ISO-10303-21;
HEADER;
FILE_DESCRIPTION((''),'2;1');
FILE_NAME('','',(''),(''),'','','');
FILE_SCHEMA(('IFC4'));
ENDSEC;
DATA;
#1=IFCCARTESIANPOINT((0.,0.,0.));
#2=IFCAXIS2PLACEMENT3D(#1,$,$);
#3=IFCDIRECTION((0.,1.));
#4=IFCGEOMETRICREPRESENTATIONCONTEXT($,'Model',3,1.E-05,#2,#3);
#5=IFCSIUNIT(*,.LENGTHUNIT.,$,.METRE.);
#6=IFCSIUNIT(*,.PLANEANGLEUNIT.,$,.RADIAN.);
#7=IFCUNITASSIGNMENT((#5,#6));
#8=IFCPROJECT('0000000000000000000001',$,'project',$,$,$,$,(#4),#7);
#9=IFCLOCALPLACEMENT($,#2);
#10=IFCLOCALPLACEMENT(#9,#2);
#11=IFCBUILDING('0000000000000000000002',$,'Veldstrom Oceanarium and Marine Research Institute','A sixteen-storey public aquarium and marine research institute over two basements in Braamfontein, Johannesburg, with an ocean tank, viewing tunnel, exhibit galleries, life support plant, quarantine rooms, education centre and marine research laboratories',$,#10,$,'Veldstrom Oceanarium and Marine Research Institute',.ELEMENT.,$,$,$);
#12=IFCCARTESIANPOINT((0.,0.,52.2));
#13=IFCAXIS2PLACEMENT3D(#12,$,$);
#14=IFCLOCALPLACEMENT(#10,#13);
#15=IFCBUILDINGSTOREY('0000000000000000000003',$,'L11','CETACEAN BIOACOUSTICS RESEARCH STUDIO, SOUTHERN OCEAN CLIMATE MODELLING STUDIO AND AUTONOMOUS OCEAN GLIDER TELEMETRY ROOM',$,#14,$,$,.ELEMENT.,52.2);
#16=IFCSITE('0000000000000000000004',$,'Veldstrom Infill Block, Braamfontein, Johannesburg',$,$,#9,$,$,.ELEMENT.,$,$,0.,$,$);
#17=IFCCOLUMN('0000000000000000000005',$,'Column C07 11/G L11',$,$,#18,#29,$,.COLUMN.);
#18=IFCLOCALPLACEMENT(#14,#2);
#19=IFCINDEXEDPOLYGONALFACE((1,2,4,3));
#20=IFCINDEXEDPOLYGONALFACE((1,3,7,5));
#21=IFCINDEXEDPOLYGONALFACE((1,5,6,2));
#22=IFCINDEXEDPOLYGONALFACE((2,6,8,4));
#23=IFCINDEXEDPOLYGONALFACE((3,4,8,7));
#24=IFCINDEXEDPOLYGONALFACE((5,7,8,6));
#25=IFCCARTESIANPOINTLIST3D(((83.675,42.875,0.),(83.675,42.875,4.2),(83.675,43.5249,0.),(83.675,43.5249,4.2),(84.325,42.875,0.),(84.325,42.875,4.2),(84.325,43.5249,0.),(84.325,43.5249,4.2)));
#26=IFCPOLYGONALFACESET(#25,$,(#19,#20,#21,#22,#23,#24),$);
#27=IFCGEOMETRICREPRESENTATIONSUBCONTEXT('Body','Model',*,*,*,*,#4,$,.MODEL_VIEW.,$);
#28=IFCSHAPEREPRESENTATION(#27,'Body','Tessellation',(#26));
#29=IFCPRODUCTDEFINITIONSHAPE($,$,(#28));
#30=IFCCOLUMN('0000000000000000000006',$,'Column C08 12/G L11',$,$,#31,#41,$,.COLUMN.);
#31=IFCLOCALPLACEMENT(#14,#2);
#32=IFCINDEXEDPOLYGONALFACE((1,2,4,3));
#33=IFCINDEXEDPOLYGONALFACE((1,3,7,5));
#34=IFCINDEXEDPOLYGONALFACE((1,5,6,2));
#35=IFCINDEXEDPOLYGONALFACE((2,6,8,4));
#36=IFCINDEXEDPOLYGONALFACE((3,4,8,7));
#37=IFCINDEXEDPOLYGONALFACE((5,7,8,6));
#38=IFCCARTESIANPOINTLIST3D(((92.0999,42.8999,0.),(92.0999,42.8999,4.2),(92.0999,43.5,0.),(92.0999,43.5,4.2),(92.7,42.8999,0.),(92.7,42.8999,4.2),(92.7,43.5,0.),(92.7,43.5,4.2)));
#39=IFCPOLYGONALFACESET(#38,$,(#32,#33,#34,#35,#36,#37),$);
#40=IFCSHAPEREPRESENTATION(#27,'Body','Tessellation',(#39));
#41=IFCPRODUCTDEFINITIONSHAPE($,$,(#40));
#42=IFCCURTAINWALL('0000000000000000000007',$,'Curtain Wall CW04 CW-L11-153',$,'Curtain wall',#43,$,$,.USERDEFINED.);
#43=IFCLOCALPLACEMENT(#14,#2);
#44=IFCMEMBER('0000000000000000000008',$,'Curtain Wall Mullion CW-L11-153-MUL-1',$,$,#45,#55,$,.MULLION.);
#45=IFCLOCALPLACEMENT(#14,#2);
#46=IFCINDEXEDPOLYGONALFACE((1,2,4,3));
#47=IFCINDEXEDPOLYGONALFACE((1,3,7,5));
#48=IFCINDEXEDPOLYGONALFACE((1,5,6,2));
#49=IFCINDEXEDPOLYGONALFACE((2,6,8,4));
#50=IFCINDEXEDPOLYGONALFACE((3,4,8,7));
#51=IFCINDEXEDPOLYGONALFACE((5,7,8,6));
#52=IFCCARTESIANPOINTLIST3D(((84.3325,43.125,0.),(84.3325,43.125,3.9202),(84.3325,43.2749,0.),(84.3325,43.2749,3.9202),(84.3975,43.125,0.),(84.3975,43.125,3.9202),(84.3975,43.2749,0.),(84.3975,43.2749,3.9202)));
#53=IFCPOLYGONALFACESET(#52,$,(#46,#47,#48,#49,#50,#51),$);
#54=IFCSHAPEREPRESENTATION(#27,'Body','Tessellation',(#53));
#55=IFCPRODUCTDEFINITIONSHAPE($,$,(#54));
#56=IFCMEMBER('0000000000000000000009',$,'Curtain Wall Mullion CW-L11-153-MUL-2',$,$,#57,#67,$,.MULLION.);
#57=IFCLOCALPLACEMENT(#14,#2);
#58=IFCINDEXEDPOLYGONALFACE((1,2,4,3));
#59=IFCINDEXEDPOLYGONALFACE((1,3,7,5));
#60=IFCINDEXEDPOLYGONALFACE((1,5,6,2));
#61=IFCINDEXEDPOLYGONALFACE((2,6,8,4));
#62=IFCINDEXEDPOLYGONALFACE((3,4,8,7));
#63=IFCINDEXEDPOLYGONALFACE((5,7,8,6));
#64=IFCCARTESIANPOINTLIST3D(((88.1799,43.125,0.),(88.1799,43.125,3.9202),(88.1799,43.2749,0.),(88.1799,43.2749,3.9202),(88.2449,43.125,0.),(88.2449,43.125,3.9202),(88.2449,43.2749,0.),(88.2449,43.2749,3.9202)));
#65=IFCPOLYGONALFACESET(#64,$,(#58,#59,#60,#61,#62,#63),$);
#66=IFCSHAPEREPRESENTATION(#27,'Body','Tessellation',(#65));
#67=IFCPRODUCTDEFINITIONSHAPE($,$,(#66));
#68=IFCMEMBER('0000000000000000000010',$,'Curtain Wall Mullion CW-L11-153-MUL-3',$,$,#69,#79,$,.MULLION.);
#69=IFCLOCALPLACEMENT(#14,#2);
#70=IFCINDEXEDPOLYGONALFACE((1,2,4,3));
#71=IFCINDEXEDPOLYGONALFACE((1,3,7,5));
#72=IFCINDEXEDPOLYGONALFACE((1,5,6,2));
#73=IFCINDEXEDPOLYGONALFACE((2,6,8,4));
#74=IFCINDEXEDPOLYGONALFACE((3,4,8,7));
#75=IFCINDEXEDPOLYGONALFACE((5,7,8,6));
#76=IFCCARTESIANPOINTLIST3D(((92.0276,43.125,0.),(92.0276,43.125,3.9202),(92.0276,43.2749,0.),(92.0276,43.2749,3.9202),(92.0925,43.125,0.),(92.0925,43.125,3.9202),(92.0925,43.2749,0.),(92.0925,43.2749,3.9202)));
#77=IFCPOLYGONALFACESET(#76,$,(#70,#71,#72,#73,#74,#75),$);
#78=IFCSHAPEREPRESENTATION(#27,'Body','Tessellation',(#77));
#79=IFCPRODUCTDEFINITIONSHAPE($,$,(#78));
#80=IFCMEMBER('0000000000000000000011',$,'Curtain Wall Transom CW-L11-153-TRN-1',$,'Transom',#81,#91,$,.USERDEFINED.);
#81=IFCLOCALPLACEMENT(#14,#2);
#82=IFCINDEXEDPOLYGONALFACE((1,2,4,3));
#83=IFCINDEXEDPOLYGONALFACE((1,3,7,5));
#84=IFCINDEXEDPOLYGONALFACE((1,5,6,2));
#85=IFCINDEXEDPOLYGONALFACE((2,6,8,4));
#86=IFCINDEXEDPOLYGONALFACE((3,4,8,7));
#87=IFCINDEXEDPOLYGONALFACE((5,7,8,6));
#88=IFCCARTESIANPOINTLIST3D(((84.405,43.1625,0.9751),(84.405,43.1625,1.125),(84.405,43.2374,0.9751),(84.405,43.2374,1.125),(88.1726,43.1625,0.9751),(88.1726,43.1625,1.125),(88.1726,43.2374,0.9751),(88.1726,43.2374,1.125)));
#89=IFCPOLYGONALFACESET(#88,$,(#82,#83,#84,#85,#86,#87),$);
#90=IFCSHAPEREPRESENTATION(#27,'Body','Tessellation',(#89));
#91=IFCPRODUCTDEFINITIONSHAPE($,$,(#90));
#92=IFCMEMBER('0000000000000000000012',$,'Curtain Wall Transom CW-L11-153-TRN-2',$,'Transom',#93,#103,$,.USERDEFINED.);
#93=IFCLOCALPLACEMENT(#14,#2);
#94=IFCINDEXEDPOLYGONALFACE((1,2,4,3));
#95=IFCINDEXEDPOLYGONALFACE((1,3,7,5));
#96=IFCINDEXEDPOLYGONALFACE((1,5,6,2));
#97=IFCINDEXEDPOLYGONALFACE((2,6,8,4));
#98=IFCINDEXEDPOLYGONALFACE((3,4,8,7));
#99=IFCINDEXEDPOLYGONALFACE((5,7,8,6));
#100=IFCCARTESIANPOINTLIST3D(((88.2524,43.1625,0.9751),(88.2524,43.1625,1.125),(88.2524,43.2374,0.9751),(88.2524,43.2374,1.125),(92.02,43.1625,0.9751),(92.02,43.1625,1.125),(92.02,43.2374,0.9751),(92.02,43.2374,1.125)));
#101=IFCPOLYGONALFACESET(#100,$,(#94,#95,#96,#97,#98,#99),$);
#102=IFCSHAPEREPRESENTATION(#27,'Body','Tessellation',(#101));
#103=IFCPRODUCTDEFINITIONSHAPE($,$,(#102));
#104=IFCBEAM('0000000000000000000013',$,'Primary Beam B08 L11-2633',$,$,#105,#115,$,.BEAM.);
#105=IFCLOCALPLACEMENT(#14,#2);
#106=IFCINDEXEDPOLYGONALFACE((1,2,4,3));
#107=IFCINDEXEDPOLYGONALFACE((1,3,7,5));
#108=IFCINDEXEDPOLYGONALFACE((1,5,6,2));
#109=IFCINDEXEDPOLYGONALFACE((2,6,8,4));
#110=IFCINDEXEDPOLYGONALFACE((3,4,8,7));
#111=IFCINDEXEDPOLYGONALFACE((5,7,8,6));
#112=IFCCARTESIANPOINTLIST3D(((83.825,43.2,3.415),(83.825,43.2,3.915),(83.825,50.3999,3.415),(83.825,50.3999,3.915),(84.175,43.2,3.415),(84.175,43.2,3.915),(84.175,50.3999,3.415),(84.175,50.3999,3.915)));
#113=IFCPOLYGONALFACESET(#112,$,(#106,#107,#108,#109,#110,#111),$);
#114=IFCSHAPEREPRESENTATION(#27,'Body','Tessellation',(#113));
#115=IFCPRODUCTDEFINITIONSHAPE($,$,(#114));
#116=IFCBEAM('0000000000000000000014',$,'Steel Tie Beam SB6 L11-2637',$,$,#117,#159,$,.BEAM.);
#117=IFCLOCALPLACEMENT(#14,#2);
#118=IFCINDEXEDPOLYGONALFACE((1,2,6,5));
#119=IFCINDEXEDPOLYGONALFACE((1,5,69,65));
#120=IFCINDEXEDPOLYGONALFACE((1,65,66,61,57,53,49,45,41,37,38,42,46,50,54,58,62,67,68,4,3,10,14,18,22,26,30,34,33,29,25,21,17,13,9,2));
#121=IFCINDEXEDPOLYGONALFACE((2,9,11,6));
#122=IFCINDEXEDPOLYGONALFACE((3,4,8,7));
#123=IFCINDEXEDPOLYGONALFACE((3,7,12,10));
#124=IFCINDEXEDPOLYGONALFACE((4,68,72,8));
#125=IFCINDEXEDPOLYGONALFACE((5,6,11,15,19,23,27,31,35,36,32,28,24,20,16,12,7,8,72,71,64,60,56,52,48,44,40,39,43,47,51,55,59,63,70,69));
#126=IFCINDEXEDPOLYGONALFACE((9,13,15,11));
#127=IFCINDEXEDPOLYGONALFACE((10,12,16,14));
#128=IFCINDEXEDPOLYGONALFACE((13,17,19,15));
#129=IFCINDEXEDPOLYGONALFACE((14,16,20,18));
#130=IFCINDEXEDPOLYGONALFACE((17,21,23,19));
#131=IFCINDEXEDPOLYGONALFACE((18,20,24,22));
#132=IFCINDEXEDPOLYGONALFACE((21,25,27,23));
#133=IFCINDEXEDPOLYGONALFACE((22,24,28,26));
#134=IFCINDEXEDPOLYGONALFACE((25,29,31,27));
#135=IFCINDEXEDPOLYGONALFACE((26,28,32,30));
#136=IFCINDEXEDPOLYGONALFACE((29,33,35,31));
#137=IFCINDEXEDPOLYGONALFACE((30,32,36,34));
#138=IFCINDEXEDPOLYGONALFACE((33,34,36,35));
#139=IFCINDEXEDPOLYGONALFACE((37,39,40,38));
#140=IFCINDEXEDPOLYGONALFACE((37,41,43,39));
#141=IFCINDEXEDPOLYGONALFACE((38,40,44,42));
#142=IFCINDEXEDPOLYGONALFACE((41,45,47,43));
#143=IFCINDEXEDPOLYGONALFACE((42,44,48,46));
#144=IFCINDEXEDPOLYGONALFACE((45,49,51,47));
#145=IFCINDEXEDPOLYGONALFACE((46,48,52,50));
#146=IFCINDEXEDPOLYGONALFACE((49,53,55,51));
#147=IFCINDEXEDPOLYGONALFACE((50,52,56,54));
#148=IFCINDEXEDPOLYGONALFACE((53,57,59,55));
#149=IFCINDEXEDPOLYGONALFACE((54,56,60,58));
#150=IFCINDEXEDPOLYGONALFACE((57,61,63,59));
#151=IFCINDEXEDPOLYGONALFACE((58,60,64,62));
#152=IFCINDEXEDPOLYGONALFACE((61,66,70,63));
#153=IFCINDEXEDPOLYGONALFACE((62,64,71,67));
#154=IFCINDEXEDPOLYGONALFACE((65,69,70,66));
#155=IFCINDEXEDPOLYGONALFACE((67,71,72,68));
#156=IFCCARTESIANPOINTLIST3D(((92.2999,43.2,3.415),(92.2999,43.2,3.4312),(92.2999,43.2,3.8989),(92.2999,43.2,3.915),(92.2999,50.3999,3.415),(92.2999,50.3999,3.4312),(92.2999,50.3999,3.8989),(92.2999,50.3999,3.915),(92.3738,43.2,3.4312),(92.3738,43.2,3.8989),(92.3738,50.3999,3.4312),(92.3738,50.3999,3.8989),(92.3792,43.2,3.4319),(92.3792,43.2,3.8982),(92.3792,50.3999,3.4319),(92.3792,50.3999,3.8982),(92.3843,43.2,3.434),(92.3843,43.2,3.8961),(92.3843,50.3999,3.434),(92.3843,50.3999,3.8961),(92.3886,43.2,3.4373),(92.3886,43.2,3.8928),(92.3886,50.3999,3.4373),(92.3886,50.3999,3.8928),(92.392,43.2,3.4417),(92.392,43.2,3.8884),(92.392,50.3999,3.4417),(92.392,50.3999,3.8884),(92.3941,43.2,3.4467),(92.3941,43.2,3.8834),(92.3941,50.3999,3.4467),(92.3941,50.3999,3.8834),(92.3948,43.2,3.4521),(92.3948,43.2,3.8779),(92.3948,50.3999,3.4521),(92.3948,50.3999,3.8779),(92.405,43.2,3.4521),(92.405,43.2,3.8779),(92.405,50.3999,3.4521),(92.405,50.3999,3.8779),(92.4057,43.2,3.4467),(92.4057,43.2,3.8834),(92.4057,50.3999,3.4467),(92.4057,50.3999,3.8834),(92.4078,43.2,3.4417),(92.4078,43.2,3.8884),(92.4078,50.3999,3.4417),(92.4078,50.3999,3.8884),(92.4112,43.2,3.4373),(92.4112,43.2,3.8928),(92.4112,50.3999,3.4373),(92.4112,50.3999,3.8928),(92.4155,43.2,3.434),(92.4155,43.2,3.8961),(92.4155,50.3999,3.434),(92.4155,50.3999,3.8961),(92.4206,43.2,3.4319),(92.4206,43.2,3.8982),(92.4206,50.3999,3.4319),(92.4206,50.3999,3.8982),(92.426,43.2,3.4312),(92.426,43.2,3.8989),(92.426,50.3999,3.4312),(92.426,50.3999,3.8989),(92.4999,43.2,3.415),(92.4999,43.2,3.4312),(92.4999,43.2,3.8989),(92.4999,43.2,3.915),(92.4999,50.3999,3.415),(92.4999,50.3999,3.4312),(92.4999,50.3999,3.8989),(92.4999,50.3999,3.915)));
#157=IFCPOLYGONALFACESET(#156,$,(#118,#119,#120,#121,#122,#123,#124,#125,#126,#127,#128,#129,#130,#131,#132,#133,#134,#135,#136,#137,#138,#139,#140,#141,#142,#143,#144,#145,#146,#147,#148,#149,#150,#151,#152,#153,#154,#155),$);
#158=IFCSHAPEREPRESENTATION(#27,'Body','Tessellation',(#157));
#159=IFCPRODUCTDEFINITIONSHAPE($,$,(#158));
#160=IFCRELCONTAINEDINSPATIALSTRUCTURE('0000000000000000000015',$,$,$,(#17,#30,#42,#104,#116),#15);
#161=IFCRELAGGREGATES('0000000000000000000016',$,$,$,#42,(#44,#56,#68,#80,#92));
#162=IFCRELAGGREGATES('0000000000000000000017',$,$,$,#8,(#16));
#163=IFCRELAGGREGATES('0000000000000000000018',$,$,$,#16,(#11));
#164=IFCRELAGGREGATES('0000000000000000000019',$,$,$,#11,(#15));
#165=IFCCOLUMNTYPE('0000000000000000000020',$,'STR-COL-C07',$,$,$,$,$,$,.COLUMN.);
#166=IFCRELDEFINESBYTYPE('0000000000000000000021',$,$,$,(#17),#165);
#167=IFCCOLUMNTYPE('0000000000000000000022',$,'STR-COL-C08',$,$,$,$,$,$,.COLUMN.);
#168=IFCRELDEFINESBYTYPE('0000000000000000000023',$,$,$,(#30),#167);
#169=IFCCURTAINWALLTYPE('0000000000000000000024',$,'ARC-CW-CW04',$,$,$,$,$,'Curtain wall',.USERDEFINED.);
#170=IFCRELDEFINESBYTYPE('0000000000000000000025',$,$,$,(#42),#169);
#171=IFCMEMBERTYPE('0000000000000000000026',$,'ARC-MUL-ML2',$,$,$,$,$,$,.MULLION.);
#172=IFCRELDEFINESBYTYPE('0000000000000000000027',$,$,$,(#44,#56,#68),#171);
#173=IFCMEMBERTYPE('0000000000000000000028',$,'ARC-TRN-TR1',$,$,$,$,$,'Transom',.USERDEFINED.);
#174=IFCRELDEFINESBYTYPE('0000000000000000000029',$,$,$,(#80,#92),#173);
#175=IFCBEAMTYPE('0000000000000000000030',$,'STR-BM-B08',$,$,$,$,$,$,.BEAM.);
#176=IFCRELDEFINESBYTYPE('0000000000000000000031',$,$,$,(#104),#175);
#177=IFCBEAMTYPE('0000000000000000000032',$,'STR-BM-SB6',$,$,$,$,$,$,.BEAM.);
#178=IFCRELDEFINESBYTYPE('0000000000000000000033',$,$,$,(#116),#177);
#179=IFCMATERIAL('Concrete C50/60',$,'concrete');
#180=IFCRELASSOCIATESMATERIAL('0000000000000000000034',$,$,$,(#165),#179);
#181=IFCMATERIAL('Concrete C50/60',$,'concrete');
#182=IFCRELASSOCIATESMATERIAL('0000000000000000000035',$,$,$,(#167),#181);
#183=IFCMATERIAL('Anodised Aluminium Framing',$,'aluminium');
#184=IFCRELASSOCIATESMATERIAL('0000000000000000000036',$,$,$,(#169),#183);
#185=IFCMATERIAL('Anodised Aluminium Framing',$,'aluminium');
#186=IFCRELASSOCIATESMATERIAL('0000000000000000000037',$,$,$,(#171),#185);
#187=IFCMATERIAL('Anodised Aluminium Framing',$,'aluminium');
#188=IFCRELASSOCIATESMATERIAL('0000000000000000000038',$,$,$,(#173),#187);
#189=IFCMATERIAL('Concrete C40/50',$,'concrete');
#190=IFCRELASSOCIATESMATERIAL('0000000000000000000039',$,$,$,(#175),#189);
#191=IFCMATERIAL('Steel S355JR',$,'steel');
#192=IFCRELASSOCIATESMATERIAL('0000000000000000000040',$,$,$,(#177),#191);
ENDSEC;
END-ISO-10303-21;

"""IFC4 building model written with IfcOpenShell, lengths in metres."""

from ifc_helpers import new_model, si_unit, direction, frame, origin, origin_2d, place, context, subcontext, project, spatial, rectangle, i_section, extrude, material, material_profile, profile_set, type_object, element, aggregate, save


model = new_model("IFC4")

# Units and contexts
model_context = context("Model", 3, precision=1e-05, world=origin(), true_north=direction((0.0, 1.0)))
body_context = subcontext(model_context, "Body", "Model", "MODEL_VIEW")
ifc_project = project(units=[si_unit("LENGTHUNIT", "METRE"), si_unit("PLANEANGLEUNIT", "RADIAN")], contexts=[model_context])

# Site, building, storey
site_placement = place(None, origin())
site = spatial("IfcSite", under=ifc_project, at=site_placement, Name="Veldstrom Infill Block, Braamfontein, Johannesburg", CompositionType="ELEMENT", RefElevation=0.0)
building_placement = place(site_placement, origin())
building = spatial("IfcBuilding", under=site, at=building_placement, Name="Veldstrom Oceanarium and Marine Research Institute", Description="A sixteen-storey public aquarium and marine research institute over two basements in Braamfontein, Johannesburg, with an ocean tank, viewing tunnel, exhibit galleries, life support plant, quarantine rooms, education centre and marine research laboratories", LongName="Veldstrom Oceanarium and Marine Research Institute", CompositionType="ELEMENT")
storey_placement = place(building_placement, frame((0.0, 0.0, 52.2)))
storey = spatial("IfcBuildingStorey", under=building, at=storey_placement, Name="L11", Description="CETACEAN BIOACOUSTICS RESEARCH STUDIO, SOUTHERN OCEAN CLIMATE MODELLING STUDIO AND AUTONOMOUS OCEAN GLIDER TELEMETRY ROOM", CompositionType="ELEMENT", Elevation=52.2)

# Columns
ifc_material_1 = material(Name="Concrete C50/60", Category="concrete")
ifc_material_profile_1 = material_profile(ifc_material_1, rectangle(XDim=0.6499, YDim=0.6499, at=origin_2d()), Name="RC-COL-650x650")
ifc_profile_set_1 = profile_set([ifc_material_profile_1], Name="Concrete C50/60")
column_type_1 = type_object("IfcColumnType", Name="STR-COL-C07", PredefinedType="COLUMN", material=ifc_profile_set_1)
column_1_placement = place(storey_placement, frame((84.0, 43.2, 0.0), z_axis=(0.0, 0.0, 1.0), x_axis=(1.0, 0.0, 0.0)))
element("IfcColumn", 1, at=column_1_placement, inside=storey, type_object=column_type_1, Name="Column C07 11/G L11", PredefinedType="COLUMN", context=body_context, shape_type="SweptSolid", body=[
    extrude(rectangle(XDim=0.6499, YDim=0.6499, at=origin_2d()), origin(), (0.0, 0.0, 1.0), 4.2),
])
ifc_material_2 = material(Name="Concrete C50/60", Category="concrete")
ifc_material_profile_2 = material_profile(ifc_material_2, rectangle(XDim=0.6001, YDim=0.6001, at=origin_2d()), Name="RC-COL-600x600")
ifc_profile_set_2 = profile_set([ifc_material_profile_2], Name="Concrete C50/60")
column_type_2 = type_object("IfcColumnType", Name="STR-COL-C08", PredefinedType="COLUMN", material=ifc_profile_set_2)
column_2_placement = place(storey_placement, frame((92.3999, 43.2, 0.0), z_axis=(0.0, 0.0, 1.0), x_axis=(1.0, 0.0, 0.0)))
element("IfcColumn", 2, at=column_2_placement, inside=storey, type_object=column_type_2, Name="Column C08 12/G L11", PredefinedType="COLUMN", context=body_context, shape_type="SweptSolid", body=[
    extrude(rectangle(XDim=0.6001, YDim=0.6001, at=origin_2d()), origin(), (0.0, 0.0, 1.0), 4.2),
])

# Curtain wall, members
ifc_material_3 = material(Name="Anodised Aluminium Framing", Category="aluminium")
curtain_wall_type = type_object("IfcCurtainWallType", Name="ARC-CW-CW04", ElementType="Curtain wall", PredefinedType="USERDEFINED", material=ifc_material_3)
curtain_wall_placement = place(storey_placement, origin())
curtain_wall = element("IfcCurtainWall", 3, at=curtain_wall_placement, inside=storey, type_object=curtain_wall_type, Name="Curtain Wall CW04 CW-L11-153", ObjectType="Curtain wall", PredefinedType="USERDEFINED")
ifc_material_4 = material(Name="Anodised Aluminium Framing", Category="aluminium")
ifc_material_profile_3 = material_profile(ifc_material_4, rectangle(XDim=0.0649, YDim=0.1499, at=origin_2d()), Name="ALU-MUL-65x150")
ifc_profile_set_3 = profile_set([ifc_material_profile_3], Name="Anodised Aluminium Framing")
member_type_1 = type_object("IfcMemberType", Name="ARC-MUL-ML2", PredefinedType="MULLION", material=ifc_profile_set_3)
member_1_placement = place(storey_placement, frame((84.365, 43.2, 0.0), z_axis=(0.0, 0.0, 1.0), x_axis=(1.0, 0.0, 0.0)))
member_1 = element("IfcMember", 4, at=member_1_placement, type_object=member_type_1, Name="Curtain Wall Mullion CW-L11-153-MUL-1", PredefinedType="MULLION", context=body_context, shape_type="SweptSolid", body=[
    extrude(rectangle(XDim=0.0649, YDim=0.1499, at=origin_2d()), origin(), (0.0, 0.0, 1.0), 3.9202),
])
member_2_placement = place(storey_placement, frame((88.2124, 43.2, 0.0), z_axis=(0.0, 0.0, 1.0), x_axis=(1.0, 0.0, 0.0)))
member_2 = element("IfcMember", 5, at=member_2_placement, type_object=member_type_1, Name="Curtain Wall Mullion CW-L11-153-MUL-2", PredefinedType="MULLION", context=body_context, shape_type="SweptSolid", body=[
    extrude(rectangle(XDim=0.0649, YDim=0.1499, at=origin_2d()), origin(), (0.0, 0.0, 1.0), 3.9202),
])
member_3_placement = place(storey_placement, frame((92.0601, 43.2, 0.0), z_axis=(0.0, 0.0, 1.0), x_axis=(1.0, 0.0, 0.0)))
member_3 = element("IfcMember", 6, at=member_3_placement, type_object=member_type_1, Name="Curtain Wall Mullion CW-L11-153-MUL-3", PredefinedType="MULLION", context=body_context, shape_type="SweptSolid", body=[
    extrude(rectangle(XDim=0.0649, YDim=0.1499, at=origin_2d()), origin(), (0.0, 0.0, 1.0), 3.9202),
])
ifc_material_5 = material(Name="Anodised Aluminium Framing", Category="aluminium")
ifc_material_profile_4 = material_profile(ifc_material_5, rectangle(XDim=0.075, YDim=0.1499, at=origin_2d()), Name="ALU-TRN-75x150")
ifc_profile_set_4 = profile_set([ifc_material_profile_4], Name="Anodised Aluminium Framing")
member_type_2 = type_object("IfcMemberType", Name="ARC-TRN-TR1", ElementType="Transom", PredefinedType="USERDEFINED", material=ifc_profile_set_4)
member_4_placement = place(storey_placement, frame((84.405, 43.2, 1.05), z_axis=(1.0, 0.0, 0.0), x_axis=(0.0, 1.0, 0.0)))
member_4 = element("IfcMember", 7, at=member_4_placement, type_object=member_type_2, Name="Curtain Wall Transom CW-L11-153-TRN-1", ObjectType="Transom", PredefinedType="USERDEFINED", context=body_context, shape_type="SweptSolid", body=[
    extrude(rectangle(XDim=0.075, YDim=0.1499, at=origin_2d()), origin(), (0.0, 0.0, 1.0), 3.7676),
])
member_5_placement = place(storey_placement, frame((88.2524, 43.2, 1.05), z_axis=(1.0, 0.0, 0.0), x_axis=(0.0, 1.0, 0.0)))
member_5 = element("IfcMember", 8, at=member_5_placement, type_object=member_type_2, Name="Curtain Wall Transom CW-L11-153-TRN-2", ObjectType="Transom", PredefinedType="USERDEFINED", context=body_context, shape_type="SweptSolid", body=[
    extrude(rectangle(XDim=0.075, YDim=0.1499, at=origin_2d()), origin(), (0.0, 0.0, 1.0), 3.7676),
])

# Beams
ifc_material_6 = material(Name="Concrete C40/50", Category="concrete")
ifc_material_profile_5 = material_profile(ifc_material_6, rectangle(XDim=0.3501, YDim=0.5, at=origin_2d()), Name="RC-BM-350x500")
ifc_profile_set_5 = profile_set([ifc_material_profile_5], Name="Concrete C40/50")
beam_type_1 = type_object("IfcBeamType", Name="STR-BM-B08", PredefinedType="BEAM", material=ifc_profile_set_5)
beam_1_placement = place(storey_placement, frame((84.0, 43.2, 3.665), z_axis=(0.0, 1.0, 0.0), x_axis=(-1.0, 0.0, 0.0)))
element("IfcBeam", 9, at=beam_1_placement, inside=storey, type_object=beam_type_1, Name="Primary Beam B08 L11-2633", PredefinedType="BEAM", context=body_context, shape_type="SweptSolid", body=[
    extrude(rectangle(XDim=0.3501, YDim=0.5, at=origin_2d()), origin(), (0.0, 0.0, 1.0), 7.2),
])
ifc_material_7 = material(Name="Steel S355JR", Category="steel")
ifc_material_profile_6 = material_profile(ifc_material_7, i_section(OverallWidth=0.2, OverallDepth=0.5, WebThickness=0.0103, FlangeThickness=0.0161, FilletRadius=0.021, at=origin_2d()), Name="IPE 500")
ifc_profile_set_6 = profile_set([ifc_material_profile_6], Name="Steel S355JR")
beam_type_2 = type_object("IfcBeamType", Name="STR-BM-SB6", PredefinedType="BEAM", material=ifc_profile_set_6)
beam_2_placement = place(storey_placement, frame((92.3999, 43.2, 3.665), z_axis=(0.0, 1.0, 0.0), x_axis=(-1.0, 0.0, 0.0)))
element("IfcBeam", 10, at=beam_2_placement, inside=storey, type_object=beam_type_2, Name="Steel Tie Beam SB6 L11-2637", PredefinedType="BEAM", context=body_context, shape_type="SweptSolid", body=[
    extrude(i_section(OverallWidth=0.2, OverallDepth=0.5, WebThickness=0.0103, FlangeThickness=0.0161, FilletRadius=0.021, at=origin_2d()), origin(), (0.0, 0.0, 1.0), 7.2),
])

aggregate(curtain_wall, [member_1, member_2, member_3, member_4, member_5])

save(model, "model.ifc")
